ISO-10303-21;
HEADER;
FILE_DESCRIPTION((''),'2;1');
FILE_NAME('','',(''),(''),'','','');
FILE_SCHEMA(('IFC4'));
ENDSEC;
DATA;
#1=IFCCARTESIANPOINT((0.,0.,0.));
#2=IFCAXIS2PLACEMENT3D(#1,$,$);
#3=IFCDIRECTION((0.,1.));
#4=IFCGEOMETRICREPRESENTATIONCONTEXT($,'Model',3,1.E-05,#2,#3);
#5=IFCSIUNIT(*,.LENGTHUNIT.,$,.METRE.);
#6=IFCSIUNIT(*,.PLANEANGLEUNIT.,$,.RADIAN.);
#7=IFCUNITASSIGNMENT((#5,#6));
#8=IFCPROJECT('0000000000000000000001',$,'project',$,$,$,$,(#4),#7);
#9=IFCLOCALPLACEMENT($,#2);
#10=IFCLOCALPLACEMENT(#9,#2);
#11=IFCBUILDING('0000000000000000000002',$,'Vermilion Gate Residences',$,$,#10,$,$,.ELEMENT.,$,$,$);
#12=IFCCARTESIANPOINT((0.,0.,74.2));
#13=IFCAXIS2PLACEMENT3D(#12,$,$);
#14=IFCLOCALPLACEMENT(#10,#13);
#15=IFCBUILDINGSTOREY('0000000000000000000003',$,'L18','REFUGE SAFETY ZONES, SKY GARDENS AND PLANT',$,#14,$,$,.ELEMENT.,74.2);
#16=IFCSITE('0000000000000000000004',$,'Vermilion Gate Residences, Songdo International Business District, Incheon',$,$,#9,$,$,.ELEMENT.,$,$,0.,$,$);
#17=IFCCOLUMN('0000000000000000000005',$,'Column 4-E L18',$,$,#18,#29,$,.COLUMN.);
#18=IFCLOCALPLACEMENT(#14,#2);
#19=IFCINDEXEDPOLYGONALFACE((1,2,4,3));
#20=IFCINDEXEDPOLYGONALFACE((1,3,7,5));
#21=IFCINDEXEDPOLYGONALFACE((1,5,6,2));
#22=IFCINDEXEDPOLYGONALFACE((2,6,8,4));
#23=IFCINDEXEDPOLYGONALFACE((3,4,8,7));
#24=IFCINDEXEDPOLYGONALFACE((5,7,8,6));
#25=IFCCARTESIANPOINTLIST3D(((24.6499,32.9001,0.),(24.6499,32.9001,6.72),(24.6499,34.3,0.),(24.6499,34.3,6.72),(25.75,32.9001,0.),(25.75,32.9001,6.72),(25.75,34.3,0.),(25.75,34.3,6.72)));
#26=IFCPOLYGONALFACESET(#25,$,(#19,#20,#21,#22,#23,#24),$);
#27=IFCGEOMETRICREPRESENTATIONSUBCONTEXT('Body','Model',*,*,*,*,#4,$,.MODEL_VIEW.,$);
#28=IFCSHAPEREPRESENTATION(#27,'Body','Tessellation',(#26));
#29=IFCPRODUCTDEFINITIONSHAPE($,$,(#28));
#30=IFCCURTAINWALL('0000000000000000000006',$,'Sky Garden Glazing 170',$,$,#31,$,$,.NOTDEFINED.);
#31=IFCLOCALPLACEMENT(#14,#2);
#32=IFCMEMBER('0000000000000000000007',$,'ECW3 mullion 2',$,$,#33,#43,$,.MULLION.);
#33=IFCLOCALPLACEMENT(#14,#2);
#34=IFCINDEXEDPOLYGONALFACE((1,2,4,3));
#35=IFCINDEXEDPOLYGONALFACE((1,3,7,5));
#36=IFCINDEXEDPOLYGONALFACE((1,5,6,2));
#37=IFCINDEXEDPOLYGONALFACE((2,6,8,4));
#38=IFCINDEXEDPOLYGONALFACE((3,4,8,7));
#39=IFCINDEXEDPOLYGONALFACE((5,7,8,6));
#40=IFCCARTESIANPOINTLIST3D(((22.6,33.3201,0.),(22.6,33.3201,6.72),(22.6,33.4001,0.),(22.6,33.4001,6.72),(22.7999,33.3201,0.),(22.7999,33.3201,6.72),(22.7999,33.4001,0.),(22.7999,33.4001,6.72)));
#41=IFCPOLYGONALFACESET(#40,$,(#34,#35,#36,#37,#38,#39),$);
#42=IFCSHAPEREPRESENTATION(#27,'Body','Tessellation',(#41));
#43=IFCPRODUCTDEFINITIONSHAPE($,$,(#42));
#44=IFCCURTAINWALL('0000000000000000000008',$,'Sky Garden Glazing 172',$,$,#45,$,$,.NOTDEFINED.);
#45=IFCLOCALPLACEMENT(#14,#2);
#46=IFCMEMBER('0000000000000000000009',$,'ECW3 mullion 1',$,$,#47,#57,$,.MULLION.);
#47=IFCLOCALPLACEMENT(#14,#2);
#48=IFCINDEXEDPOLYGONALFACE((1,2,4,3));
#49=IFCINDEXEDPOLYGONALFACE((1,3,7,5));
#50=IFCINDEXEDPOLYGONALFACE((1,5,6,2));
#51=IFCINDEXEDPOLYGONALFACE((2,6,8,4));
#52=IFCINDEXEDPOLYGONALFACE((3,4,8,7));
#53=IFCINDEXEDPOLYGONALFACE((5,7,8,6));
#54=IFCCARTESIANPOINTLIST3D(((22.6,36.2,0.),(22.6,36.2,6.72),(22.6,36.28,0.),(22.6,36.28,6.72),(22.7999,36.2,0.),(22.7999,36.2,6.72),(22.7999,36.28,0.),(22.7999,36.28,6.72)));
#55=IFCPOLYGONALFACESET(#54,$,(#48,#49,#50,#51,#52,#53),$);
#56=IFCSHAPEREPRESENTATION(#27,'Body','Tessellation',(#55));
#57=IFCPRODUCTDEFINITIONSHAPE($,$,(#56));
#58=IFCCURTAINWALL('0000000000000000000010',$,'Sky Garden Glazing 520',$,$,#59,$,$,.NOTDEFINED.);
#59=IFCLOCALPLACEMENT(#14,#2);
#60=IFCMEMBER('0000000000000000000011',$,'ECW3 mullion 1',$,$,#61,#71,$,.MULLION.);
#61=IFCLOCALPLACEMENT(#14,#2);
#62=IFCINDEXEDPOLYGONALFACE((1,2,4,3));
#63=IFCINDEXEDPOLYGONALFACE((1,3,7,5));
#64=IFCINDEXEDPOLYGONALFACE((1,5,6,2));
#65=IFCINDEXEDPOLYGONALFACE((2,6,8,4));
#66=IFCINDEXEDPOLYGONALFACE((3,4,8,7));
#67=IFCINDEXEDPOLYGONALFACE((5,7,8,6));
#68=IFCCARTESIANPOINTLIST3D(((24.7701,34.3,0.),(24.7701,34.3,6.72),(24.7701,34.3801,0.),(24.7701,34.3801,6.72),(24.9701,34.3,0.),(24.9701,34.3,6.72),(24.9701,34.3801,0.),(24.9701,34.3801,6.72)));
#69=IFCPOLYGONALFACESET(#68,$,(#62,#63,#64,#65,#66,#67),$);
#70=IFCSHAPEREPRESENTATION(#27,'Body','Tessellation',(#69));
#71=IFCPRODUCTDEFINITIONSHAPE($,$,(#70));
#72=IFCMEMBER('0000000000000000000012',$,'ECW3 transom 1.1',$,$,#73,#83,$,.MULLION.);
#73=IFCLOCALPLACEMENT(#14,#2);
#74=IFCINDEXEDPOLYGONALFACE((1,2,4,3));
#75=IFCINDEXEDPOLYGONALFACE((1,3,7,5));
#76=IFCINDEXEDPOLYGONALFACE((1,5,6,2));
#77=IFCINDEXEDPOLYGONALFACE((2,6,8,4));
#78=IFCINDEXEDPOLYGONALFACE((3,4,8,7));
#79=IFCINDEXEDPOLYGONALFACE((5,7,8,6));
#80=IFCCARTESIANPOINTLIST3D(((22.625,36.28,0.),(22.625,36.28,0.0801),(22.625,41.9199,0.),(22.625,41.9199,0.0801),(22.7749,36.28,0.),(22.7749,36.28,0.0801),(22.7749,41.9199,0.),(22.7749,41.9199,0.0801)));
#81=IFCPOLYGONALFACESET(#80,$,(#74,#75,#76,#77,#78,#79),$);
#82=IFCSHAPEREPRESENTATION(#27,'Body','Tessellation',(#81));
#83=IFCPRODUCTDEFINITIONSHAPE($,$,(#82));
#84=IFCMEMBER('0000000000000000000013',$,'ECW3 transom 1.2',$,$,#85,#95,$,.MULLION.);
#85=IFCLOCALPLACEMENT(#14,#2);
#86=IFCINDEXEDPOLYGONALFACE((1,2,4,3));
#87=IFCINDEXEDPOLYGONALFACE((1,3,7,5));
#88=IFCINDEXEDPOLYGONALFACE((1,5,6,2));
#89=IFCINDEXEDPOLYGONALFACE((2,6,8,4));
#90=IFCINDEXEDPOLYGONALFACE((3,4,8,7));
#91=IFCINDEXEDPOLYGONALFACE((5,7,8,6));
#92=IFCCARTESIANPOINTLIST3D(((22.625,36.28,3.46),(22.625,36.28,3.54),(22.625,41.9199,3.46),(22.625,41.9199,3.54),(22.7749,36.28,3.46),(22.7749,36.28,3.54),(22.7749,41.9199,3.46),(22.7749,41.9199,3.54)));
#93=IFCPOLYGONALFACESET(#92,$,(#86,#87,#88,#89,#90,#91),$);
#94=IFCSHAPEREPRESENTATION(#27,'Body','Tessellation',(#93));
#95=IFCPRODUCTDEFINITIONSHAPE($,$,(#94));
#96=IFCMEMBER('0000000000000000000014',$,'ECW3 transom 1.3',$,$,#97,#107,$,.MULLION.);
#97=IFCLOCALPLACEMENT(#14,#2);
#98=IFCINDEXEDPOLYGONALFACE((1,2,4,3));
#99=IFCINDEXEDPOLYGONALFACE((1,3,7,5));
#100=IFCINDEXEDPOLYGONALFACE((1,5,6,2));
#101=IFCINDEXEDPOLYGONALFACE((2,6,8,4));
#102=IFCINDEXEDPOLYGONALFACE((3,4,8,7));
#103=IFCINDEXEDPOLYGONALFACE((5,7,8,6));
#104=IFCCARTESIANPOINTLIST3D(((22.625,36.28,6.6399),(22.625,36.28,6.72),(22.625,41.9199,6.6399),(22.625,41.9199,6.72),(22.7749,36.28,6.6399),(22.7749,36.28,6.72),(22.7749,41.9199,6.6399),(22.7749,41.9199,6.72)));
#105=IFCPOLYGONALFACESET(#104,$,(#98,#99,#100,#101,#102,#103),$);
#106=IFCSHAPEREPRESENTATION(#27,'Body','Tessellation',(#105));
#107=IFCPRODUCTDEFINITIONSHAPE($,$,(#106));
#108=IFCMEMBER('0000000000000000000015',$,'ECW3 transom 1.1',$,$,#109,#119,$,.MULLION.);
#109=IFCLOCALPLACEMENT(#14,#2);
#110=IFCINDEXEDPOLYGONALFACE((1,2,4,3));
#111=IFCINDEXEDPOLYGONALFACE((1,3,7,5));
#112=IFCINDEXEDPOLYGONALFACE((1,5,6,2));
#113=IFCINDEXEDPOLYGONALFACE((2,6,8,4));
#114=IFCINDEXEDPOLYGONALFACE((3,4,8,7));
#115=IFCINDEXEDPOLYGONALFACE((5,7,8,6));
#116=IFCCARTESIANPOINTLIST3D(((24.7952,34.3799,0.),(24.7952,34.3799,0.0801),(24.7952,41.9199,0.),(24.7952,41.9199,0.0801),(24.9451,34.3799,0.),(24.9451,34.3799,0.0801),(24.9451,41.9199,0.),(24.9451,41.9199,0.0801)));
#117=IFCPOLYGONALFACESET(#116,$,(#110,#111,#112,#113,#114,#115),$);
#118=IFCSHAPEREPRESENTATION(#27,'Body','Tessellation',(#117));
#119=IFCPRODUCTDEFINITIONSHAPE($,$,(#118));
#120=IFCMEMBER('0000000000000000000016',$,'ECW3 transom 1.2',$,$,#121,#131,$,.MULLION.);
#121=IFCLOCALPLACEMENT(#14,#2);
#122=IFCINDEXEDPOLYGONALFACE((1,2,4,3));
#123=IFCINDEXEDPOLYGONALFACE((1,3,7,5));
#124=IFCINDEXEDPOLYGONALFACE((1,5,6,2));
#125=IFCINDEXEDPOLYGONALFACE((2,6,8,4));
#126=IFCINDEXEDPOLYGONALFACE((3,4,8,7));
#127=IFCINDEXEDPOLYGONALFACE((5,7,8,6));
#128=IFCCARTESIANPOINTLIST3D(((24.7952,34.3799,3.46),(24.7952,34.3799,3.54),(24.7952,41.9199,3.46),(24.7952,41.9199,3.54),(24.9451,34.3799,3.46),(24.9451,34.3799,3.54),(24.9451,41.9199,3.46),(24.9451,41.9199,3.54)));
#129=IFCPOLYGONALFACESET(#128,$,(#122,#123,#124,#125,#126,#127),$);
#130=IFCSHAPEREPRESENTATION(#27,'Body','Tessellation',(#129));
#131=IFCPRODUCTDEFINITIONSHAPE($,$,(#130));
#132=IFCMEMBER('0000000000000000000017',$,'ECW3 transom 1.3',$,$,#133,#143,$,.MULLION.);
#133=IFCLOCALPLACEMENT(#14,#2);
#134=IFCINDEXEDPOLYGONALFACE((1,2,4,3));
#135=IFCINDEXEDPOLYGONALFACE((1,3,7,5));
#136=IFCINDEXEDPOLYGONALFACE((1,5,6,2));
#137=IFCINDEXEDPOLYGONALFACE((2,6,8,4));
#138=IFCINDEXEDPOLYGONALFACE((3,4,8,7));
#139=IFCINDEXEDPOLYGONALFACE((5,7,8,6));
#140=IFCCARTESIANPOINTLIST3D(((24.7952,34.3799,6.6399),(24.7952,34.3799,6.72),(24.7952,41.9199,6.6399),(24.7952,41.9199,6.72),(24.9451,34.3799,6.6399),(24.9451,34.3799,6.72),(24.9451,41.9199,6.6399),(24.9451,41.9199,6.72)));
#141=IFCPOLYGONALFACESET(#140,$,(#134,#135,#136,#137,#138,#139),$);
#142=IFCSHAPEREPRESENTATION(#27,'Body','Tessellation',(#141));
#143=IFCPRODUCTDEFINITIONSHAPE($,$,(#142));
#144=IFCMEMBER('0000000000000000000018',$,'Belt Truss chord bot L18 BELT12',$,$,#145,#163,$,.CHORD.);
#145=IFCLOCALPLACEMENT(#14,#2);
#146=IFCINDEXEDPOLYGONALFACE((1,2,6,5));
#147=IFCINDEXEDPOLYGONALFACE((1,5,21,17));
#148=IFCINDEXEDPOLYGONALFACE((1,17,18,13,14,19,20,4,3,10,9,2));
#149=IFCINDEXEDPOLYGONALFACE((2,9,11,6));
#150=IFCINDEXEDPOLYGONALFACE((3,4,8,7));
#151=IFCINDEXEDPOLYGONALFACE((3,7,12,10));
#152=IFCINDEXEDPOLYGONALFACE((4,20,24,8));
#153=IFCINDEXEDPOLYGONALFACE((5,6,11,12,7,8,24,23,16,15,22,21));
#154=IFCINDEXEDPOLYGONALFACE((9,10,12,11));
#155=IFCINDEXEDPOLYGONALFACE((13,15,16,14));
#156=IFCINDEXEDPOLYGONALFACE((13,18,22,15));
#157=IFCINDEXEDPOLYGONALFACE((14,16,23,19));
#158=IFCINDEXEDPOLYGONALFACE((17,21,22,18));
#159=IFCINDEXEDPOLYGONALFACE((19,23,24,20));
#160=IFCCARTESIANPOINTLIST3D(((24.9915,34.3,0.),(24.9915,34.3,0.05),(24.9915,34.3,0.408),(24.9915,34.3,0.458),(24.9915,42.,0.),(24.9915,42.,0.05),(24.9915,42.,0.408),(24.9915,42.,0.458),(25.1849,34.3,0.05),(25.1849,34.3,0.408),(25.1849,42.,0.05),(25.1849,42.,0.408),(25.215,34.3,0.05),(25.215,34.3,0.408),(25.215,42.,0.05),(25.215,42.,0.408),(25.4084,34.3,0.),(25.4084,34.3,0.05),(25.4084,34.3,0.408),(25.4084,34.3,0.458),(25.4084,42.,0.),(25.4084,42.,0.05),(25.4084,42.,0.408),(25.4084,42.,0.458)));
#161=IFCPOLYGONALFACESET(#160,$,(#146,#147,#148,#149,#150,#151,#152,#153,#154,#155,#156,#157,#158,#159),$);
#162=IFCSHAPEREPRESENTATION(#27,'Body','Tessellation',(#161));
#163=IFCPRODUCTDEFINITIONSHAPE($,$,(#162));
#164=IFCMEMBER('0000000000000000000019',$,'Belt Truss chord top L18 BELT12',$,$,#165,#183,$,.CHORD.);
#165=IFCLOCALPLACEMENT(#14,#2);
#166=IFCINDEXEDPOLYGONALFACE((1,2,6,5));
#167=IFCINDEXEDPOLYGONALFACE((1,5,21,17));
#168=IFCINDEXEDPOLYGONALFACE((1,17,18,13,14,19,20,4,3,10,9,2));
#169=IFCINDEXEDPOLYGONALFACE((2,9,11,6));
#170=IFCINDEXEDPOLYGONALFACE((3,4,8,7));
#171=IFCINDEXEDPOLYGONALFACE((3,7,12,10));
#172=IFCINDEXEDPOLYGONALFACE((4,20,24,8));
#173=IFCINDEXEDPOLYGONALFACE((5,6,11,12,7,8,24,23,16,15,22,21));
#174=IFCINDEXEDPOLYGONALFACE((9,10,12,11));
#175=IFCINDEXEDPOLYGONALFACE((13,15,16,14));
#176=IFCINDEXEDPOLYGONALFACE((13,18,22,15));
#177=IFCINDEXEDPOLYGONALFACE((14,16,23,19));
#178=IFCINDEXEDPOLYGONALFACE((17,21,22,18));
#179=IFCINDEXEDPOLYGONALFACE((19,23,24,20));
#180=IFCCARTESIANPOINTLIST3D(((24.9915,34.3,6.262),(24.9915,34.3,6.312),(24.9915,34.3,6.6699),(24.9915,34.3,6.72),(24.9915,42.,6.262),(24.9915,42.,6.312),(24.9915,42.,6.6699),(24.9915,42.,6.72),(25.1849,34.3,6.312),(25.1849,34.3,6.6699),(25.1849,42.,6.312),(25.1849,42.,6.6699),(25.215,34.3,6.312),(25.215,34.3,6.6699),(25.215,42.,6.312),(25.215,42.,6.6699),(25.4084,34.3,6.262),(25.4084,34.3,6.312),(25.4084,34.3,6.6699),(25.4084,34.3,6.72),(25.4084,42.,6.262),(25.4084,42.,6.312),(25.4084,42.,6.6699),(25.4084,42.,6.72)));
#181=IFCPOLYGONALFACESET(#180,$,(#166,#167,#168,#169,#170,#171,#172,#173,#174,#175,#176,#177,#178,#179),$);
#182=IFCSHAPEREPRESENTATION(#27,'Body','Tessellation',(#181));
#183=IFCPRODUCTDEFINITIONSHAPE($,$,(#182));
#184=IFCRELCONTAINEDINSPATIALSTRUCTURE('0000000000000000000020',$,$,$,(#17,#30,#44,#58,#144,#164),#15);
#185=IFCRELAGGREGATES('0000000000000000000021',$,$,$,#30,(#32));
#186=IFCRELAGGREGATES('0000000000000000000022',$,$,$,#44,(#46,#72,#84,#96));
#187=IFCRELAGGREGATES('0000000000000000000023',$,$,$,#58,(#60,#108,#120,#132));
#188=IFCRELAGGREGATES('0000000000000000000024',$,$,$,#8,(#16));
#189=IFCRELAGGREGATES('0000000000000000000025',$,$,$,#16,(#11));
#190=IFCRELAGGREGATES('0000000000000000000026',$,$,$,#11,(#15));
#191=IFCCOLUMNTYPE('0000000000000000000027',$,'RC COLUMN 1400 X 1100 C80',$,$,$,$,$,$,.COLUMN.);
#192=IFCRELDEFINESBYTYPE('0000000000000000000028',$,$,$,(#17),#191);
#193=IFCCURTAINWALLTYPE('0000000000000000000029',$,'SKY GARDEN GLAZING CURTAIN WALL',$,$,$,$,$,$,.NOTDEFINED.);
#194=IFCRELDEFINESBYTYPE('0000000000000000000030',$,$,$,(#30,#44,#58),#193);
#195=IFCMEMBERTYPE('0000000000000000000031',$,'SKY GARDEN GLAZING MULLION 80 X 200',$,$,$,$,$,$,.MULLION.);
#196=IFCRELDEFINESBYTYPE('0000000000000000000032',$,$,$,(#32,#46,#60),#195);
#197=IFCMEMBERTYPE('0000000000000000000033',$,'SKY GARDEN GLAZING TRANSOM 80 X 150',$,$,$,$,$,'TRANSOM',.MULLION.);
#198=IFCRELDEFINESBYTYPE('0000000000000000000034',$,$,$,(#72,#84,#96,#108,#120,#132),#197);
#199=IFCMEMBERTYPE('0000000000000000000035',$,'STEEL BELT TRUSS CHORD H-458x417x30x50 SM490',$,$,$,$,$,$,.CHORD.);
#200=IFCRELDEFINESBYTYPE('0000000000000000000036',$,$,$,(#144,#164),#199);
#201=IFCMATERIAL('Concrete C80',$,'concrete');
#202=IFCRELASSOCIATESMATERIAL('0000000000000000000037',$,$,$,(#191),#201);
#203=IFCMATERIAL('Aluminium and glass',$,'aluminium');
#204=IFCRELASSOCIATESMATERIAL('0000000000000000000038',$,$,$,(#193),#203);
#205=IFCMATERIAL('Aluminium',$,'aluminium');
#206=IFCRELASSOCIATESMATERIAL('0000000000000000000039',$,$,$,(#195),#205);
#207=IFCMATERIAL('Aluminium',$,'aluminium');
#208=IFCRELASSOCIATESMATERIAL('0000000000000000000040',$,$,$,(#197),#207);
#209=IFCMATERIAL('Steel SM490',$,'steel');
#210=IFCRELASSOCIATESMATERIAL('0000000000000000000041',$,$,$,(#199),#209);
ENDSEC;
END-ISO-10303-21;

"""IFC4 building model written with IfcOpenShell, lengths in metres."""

from ifc_helpers import new_model, si_unit, direction, frame, origin, origin_2d, place, context, subcontext, project, spatial, rectangle, i_section, extrude, material, material_profile, profile_set, type_object, element, aggregate, save


model = new_model("IFC4")

# Units and contexts
model_context = context("Model", 3, precision=1e-05, world=origin(), true_north=direction((0.0, 1.0)))
body_context = subcontext(model_context, "Body", "Model", "MODEL_VIEW")
ifc_project = project(units=[si_unit("LENGTHUNIT", "METRE"), si_unit("PLANEANGLEUNIT", "RADIAN")], contexts=[model_context])

# Site, building, storey
site_placement = place(None, origin())
site = spatial("IfcSite", under=ifc_project, at=site_placement, Name="Vermilion Gate Residences, Songdo International Business District, Incheon", CompositionType="ELEMENT", RefElevation=0.0)
building_placement = place(site_placement, origin())
building = spatial("IfcBuilding", under=site, at=building_placement, Name="Vermilion Gate Residences", CompositionType="ELEMENT")
storey_placement = place(building_placement, frame((0.0, 0.0, 74.2)))
storey = spatial("IfcBuildingStorey", under=building, at=storey_placement, Name="L18", Description="REFUGE SAFETY ZONES, SKY GARDENS AND PLANT", CompositionType="ELEMENT", Elevation=74.2)

# Column
ifc_material_1 = material(Name="Concrete C80", Category="concrete")
ifc_material_profile_1 = material_profile(ifc_material_1, rectangle(XDim=1.3999, YDim=1.1001, at=origin_2d()), Name="RC-1400x1100")
ifc_profile_set_1 = profile_set([ifc_material_profile_1], Name="Concrete C80")
column_type = type_object("IfcColumnType", Name="RC COLUMN 1400 X 1100 C80", PredefinedType="COLUMN", material=ifc_profile_set_1)
column_placement = place(storey_placement, frame((25.2, 33.6001, 0.0), z_axis=(0.0, 0.0, 1.0), x_axis=(0.0, 1.0, 0.0)))
element("IfcColumn", 1, at=column_placement, inside=storey, type_object=column_type, Name="Column 4-E L18", PredefinedType="COLUMN", context=body_context, shape_type="SweptSolid", body=[
    extrude(rectangle(XDim=1.3999, YDim=1.1001, at=origin_2d()), origin(), (0.0, 0.0, 1.0), 6.72),
])

# Curtain walls, members
ifc_material_2 = material(Name="Aluminium and glass", Category="aluminium")
curtain_wall_type = type_object("IfcCurtainWallType", Name="SKY GARDEN GLAZING CURTAIN WALL", PredefinedType="NOTDEFINED", material=ifc_material_2)
curtain_wall_1_placement = place(storey_placement, origin())
curtain_wall_1 = element("IfcCurtainWall", 2, at=curtain_wall_1_placement, inside=storey, type_object=curtain_wall_type, Name="Sky Garden Glazing 170", PredefinedType="NOTDEFINED")
ifc_material_3 = material(Name="Aluminium", Category="aluminium")
ifc_material_profile_2 = material_profile(ifc_material_3, rectangle(XDim=0.2, YDim=0.0801, at=origin_2d()), Name="MULLION 80 X 200")
ifc_profile_set_2 = profile_set([ifc_material_profile_2], Name="Aluminium")
member_type_1 = type_object("IfcMemberType", Name="SKY GARDEN GLAZING MULLION 80 X 200", PredefinedType="MULLION", material=ifc_profile_set_2)
member_1_placement = place(storey_placement, frame((22.7, 33.3601, 0.0), z_axis=(0.0, 0.0, 1.0), x_axis=(-1.0, 0.0, 0.0)))
member_1 = element("IfcMember", 3, at=member_1_placement, type_object=member_type_1, Name="ECW3 mullion 2", PredefinedType="MULLION", context=body_context, shape_type="SweptSolid", body=[
    extrude(rectangle(XDim=0.2, YDim=0.0801, at=origin_2d()), origin(), (0.0, 0.0, 1.0), 6.72),
])
aggregate(curtain_wall_1, [member_1])
curtain_wall_2_placement = place(storey_placement, origin())
curtain_wall_2 = element("IfcCurtainWall", 4, at=curtain_wall_2_placement, inside=storey, type_object=curtain_wall_type, Name="Sky Garden Glazing 172", PredefinedType="NOTDEFINED")
member_2_placement = place(storey_placement, frame((22.7, 36.24, 0.0), z_axis=(0.0, 0.0, 1.0), x_axis=(-1.0, 0.0, 0.0)))
member_2 = element("IfcMember", 5, at=member_2_placement, type_object=member_type_1, Name="ECW3 mullion 1", PredefinedType="MULLION", context=body_context, shape_type="SweptSolid", body=[
    extrude(rectangle(XDim=0.2, YDim=0.0801, at=origin_2d()), origin(), (0.0, 0.0, 1.0), 6.72),
])
curtain_wall_3_placement = place(storey_placement, origin())
curtain_wall_3 = element("IfcCurtainWall", 6, at=curtain_wall_3_placement, inside=storey, type_object=curtain_wall_type, Name="Sky Garden Glazing 520", PredefinedType="NOTDEFINED")
member_3_placement = place(storey_placement, frame((24.8701, 34.3401, 0.0), z_axis=(0.0, 0.0, 1.0), x_axis=(-1.0, 0.0, 0.0)))
member_3 = element("IfcMember", 7, at=member_3_placement, type_object=member_type_1, Name="ECW3 mullion 1", PredefinedType="MULLION", context=body_context, shape_type="SweptSolid", body=[
    extrude(rectangle(XDim=0.2, YDim=0.0801, at=origin_2d()), origin(), (0.0, 0.0, 1.0), 6.72),
])

# Members
ifc_material_4 = material(Name="Aluminium", Category="aluminium")
ifc_material_profile_3 = material_profile(ifc_material_4, rectangle(XDim=0.1499, YDim=0.0801, at=origin_2d()), Name="TRANSOM 80 X 150")
ifc_profile_set_3 = profile_set([ifc_material_profile_3], Name="Aluminium")
member_type_2 = type_object("IfcMemberType", Name="SKY GARDEN GLAZING TRANSOM 80 X 150", ElementType="TRANSOM", PredefinedType="MULLION", material=ifc_profile_set_3)
member_4_placement = place(storey_placement, frame((22.7, 36.28, 0.04), z_axis=(0.0, 1.0, 0.0), x_axis=(-1.0, 0.0, 0.0)))
member_4 = element("IfcMember", 8, at=member_4_placement, type_object=member_type_2, Name="ECW3 transom 1.1", PredefinedType="MULLION", context=body_context, shape_type="SweptSolid", body=[
    extrude(rectangle(XDim=0.1499, YDim=0.0801, at=origin_2d()), origin(), (0.0, 0.0, 1.0), 5.6399),
])
member_5_placement = place(storey_placement, frame((22.7, 36.28, 3.5), z_axis=(0.0, 1.0, 0.0), x_axis=(-1.0, 0.0, 0.0)))
member_5 = element("IfcMember", 9, at=member_5_placement, type_object=member_type_2, Name="ECW3 transom 1.2", PredefinedType="MULLION", context=body_context, shape_type="SweptSolid", body=[
    extrude(rectangle(XDim=0.1499, YDim=0.0801, at=origin_2d()), origin(), (0.0, 0.0, 1.0), 5.6399),
])
member_6_placement = place(storey_placement, frame((22.7, 36.28, 6.6799), z_axis=(0.0, 1.0, 0.0), x_axis=(-1.0, 0.0, 0.0)))
member_6 = element("IfcMember", 10, at=member_6_placement, type_object=member_type_2, Name="ECW3 transom 1.3", PredefinedType="MULLION", context=body_context, shape_type="SweptSolid", body=[
    extrude(rectangle(XDim=0.1499, YDim=0.0801, at=origin_2d()), origin(), (0.0, 0.0, 1.0), 5.6399),
])
member_7_placement = place(storey_placement, frame((24.8701, 34.3799, 0.04), z_axis=(0.0, 1.0, 0.0), x_axis=(-1.0, 0.0, 0.0)))
member_7 = element("IfcMember", 11, at=member_7_placement, type_object=member_type_2, Name="ECW3 transom 1.1", PredefinedType="MULLION", context=body_context, shape_type="SweptSolid", body=[
    extrude(rectangle(XDim=0.1499, YDim=0.0801, at=origin_2d()), origin(), (0.0, 0.0, 1.0), 7.54),
])
member_8_placement = place(storey_placement, frame((24.8701, 34.3799, 3.5), z_axis=(0.0, 1.0, 0.0), x_axis=(-1.0, 0.0, 0.0)))
member_8 = element("IfcMember", 12, at=member_8_placement, type_object=member_type_2, Name="ECW3 transom 1.2", PredefinedType="MULLION", context=body_context, shape_type="SweptSolid", body=[
    extrude(rectangle(XDim=0.1499, YDim=0.0801, at=origin_2d()), origin(), (0.0, 0.0, 1.0), 7.54),
])
member_9_placement = place(storey_placement, frame((24.8701, 34.3799, 6.6799), z_axis=(0.0, 1.0, 0.0), x_axis=(-1.0, 0.0, 0.0)))
member_9 = element("IfcMember", 13, at=member_9_placement, type_object=member_type_2, Name="ECW3 transom 1.3", PredefinedType="MULLION", context=body_context, shape_type="SweptSolid", body=[
    extrude(rectangle(XDim=0.1499, YDim=0.0801, at=origin_2d()), origin(), (0.0, 0.0, 1.0), 7.54),
])

# Members
ifc_material_5 = material(Name="Steel SM490", Category="steel")
ifc_material_profile_4 = material_profile(ifc_material_5, i_section(OverallWidth=0.417, OverallDepth=0.458, WebThickness=0.03, FlangeThickness=0.05, at=origin_2d()), Name="H-458x417x30x50")
ifc_profile_set_4 = profile_set([ifc_material_profile_4], Name="Steel SM490")
member_type_3 = type_object("IfcMemberType", Name="STEEL BELT TRUSS CHORD H-458x417x30x50 SM490", PredefinedType="CHORD", material=ifc_profile_set_4)
for number, where, z_axis, x_axis, name in (
    (14, (25.2, 34.3, 0.229), (0.0, 1.0, 0.0), (-1.0, 0.0, 0.0), "Belt Truss chord bot L18 BELT12"),
    (15, (25.2, 34.3, 6.491), (0.0, 1.0, 0.0), (-1.0, 0.0, 0.0), "Belt Truss chord top L18 BELT12"),
):
    element("IfcMember", number, at=place(storey_placement, frame(where, z_axis=z_axis, x_axis=x_axis)), inside=storey, type_object=member_type_3, Name=name, PredefinedType="CHORD", context=body_context, shape_type="SweptSolid", body=[
        extrude(i_section(OverallWidth=0.417, OverallDepth=0.458, WebThickness=0.03, FlangeThickness=0.05, at=origin_2d()), origin(), (0.0, 0.0, 1.0), 7.7),
    ])

aggregate(curtain_wall_2, [member_2, member_4, member_5, member_6])
aggregate(curtain_wall_3, [member_3, member_7, member_8, member_9])

save(model, "model.ifc")
